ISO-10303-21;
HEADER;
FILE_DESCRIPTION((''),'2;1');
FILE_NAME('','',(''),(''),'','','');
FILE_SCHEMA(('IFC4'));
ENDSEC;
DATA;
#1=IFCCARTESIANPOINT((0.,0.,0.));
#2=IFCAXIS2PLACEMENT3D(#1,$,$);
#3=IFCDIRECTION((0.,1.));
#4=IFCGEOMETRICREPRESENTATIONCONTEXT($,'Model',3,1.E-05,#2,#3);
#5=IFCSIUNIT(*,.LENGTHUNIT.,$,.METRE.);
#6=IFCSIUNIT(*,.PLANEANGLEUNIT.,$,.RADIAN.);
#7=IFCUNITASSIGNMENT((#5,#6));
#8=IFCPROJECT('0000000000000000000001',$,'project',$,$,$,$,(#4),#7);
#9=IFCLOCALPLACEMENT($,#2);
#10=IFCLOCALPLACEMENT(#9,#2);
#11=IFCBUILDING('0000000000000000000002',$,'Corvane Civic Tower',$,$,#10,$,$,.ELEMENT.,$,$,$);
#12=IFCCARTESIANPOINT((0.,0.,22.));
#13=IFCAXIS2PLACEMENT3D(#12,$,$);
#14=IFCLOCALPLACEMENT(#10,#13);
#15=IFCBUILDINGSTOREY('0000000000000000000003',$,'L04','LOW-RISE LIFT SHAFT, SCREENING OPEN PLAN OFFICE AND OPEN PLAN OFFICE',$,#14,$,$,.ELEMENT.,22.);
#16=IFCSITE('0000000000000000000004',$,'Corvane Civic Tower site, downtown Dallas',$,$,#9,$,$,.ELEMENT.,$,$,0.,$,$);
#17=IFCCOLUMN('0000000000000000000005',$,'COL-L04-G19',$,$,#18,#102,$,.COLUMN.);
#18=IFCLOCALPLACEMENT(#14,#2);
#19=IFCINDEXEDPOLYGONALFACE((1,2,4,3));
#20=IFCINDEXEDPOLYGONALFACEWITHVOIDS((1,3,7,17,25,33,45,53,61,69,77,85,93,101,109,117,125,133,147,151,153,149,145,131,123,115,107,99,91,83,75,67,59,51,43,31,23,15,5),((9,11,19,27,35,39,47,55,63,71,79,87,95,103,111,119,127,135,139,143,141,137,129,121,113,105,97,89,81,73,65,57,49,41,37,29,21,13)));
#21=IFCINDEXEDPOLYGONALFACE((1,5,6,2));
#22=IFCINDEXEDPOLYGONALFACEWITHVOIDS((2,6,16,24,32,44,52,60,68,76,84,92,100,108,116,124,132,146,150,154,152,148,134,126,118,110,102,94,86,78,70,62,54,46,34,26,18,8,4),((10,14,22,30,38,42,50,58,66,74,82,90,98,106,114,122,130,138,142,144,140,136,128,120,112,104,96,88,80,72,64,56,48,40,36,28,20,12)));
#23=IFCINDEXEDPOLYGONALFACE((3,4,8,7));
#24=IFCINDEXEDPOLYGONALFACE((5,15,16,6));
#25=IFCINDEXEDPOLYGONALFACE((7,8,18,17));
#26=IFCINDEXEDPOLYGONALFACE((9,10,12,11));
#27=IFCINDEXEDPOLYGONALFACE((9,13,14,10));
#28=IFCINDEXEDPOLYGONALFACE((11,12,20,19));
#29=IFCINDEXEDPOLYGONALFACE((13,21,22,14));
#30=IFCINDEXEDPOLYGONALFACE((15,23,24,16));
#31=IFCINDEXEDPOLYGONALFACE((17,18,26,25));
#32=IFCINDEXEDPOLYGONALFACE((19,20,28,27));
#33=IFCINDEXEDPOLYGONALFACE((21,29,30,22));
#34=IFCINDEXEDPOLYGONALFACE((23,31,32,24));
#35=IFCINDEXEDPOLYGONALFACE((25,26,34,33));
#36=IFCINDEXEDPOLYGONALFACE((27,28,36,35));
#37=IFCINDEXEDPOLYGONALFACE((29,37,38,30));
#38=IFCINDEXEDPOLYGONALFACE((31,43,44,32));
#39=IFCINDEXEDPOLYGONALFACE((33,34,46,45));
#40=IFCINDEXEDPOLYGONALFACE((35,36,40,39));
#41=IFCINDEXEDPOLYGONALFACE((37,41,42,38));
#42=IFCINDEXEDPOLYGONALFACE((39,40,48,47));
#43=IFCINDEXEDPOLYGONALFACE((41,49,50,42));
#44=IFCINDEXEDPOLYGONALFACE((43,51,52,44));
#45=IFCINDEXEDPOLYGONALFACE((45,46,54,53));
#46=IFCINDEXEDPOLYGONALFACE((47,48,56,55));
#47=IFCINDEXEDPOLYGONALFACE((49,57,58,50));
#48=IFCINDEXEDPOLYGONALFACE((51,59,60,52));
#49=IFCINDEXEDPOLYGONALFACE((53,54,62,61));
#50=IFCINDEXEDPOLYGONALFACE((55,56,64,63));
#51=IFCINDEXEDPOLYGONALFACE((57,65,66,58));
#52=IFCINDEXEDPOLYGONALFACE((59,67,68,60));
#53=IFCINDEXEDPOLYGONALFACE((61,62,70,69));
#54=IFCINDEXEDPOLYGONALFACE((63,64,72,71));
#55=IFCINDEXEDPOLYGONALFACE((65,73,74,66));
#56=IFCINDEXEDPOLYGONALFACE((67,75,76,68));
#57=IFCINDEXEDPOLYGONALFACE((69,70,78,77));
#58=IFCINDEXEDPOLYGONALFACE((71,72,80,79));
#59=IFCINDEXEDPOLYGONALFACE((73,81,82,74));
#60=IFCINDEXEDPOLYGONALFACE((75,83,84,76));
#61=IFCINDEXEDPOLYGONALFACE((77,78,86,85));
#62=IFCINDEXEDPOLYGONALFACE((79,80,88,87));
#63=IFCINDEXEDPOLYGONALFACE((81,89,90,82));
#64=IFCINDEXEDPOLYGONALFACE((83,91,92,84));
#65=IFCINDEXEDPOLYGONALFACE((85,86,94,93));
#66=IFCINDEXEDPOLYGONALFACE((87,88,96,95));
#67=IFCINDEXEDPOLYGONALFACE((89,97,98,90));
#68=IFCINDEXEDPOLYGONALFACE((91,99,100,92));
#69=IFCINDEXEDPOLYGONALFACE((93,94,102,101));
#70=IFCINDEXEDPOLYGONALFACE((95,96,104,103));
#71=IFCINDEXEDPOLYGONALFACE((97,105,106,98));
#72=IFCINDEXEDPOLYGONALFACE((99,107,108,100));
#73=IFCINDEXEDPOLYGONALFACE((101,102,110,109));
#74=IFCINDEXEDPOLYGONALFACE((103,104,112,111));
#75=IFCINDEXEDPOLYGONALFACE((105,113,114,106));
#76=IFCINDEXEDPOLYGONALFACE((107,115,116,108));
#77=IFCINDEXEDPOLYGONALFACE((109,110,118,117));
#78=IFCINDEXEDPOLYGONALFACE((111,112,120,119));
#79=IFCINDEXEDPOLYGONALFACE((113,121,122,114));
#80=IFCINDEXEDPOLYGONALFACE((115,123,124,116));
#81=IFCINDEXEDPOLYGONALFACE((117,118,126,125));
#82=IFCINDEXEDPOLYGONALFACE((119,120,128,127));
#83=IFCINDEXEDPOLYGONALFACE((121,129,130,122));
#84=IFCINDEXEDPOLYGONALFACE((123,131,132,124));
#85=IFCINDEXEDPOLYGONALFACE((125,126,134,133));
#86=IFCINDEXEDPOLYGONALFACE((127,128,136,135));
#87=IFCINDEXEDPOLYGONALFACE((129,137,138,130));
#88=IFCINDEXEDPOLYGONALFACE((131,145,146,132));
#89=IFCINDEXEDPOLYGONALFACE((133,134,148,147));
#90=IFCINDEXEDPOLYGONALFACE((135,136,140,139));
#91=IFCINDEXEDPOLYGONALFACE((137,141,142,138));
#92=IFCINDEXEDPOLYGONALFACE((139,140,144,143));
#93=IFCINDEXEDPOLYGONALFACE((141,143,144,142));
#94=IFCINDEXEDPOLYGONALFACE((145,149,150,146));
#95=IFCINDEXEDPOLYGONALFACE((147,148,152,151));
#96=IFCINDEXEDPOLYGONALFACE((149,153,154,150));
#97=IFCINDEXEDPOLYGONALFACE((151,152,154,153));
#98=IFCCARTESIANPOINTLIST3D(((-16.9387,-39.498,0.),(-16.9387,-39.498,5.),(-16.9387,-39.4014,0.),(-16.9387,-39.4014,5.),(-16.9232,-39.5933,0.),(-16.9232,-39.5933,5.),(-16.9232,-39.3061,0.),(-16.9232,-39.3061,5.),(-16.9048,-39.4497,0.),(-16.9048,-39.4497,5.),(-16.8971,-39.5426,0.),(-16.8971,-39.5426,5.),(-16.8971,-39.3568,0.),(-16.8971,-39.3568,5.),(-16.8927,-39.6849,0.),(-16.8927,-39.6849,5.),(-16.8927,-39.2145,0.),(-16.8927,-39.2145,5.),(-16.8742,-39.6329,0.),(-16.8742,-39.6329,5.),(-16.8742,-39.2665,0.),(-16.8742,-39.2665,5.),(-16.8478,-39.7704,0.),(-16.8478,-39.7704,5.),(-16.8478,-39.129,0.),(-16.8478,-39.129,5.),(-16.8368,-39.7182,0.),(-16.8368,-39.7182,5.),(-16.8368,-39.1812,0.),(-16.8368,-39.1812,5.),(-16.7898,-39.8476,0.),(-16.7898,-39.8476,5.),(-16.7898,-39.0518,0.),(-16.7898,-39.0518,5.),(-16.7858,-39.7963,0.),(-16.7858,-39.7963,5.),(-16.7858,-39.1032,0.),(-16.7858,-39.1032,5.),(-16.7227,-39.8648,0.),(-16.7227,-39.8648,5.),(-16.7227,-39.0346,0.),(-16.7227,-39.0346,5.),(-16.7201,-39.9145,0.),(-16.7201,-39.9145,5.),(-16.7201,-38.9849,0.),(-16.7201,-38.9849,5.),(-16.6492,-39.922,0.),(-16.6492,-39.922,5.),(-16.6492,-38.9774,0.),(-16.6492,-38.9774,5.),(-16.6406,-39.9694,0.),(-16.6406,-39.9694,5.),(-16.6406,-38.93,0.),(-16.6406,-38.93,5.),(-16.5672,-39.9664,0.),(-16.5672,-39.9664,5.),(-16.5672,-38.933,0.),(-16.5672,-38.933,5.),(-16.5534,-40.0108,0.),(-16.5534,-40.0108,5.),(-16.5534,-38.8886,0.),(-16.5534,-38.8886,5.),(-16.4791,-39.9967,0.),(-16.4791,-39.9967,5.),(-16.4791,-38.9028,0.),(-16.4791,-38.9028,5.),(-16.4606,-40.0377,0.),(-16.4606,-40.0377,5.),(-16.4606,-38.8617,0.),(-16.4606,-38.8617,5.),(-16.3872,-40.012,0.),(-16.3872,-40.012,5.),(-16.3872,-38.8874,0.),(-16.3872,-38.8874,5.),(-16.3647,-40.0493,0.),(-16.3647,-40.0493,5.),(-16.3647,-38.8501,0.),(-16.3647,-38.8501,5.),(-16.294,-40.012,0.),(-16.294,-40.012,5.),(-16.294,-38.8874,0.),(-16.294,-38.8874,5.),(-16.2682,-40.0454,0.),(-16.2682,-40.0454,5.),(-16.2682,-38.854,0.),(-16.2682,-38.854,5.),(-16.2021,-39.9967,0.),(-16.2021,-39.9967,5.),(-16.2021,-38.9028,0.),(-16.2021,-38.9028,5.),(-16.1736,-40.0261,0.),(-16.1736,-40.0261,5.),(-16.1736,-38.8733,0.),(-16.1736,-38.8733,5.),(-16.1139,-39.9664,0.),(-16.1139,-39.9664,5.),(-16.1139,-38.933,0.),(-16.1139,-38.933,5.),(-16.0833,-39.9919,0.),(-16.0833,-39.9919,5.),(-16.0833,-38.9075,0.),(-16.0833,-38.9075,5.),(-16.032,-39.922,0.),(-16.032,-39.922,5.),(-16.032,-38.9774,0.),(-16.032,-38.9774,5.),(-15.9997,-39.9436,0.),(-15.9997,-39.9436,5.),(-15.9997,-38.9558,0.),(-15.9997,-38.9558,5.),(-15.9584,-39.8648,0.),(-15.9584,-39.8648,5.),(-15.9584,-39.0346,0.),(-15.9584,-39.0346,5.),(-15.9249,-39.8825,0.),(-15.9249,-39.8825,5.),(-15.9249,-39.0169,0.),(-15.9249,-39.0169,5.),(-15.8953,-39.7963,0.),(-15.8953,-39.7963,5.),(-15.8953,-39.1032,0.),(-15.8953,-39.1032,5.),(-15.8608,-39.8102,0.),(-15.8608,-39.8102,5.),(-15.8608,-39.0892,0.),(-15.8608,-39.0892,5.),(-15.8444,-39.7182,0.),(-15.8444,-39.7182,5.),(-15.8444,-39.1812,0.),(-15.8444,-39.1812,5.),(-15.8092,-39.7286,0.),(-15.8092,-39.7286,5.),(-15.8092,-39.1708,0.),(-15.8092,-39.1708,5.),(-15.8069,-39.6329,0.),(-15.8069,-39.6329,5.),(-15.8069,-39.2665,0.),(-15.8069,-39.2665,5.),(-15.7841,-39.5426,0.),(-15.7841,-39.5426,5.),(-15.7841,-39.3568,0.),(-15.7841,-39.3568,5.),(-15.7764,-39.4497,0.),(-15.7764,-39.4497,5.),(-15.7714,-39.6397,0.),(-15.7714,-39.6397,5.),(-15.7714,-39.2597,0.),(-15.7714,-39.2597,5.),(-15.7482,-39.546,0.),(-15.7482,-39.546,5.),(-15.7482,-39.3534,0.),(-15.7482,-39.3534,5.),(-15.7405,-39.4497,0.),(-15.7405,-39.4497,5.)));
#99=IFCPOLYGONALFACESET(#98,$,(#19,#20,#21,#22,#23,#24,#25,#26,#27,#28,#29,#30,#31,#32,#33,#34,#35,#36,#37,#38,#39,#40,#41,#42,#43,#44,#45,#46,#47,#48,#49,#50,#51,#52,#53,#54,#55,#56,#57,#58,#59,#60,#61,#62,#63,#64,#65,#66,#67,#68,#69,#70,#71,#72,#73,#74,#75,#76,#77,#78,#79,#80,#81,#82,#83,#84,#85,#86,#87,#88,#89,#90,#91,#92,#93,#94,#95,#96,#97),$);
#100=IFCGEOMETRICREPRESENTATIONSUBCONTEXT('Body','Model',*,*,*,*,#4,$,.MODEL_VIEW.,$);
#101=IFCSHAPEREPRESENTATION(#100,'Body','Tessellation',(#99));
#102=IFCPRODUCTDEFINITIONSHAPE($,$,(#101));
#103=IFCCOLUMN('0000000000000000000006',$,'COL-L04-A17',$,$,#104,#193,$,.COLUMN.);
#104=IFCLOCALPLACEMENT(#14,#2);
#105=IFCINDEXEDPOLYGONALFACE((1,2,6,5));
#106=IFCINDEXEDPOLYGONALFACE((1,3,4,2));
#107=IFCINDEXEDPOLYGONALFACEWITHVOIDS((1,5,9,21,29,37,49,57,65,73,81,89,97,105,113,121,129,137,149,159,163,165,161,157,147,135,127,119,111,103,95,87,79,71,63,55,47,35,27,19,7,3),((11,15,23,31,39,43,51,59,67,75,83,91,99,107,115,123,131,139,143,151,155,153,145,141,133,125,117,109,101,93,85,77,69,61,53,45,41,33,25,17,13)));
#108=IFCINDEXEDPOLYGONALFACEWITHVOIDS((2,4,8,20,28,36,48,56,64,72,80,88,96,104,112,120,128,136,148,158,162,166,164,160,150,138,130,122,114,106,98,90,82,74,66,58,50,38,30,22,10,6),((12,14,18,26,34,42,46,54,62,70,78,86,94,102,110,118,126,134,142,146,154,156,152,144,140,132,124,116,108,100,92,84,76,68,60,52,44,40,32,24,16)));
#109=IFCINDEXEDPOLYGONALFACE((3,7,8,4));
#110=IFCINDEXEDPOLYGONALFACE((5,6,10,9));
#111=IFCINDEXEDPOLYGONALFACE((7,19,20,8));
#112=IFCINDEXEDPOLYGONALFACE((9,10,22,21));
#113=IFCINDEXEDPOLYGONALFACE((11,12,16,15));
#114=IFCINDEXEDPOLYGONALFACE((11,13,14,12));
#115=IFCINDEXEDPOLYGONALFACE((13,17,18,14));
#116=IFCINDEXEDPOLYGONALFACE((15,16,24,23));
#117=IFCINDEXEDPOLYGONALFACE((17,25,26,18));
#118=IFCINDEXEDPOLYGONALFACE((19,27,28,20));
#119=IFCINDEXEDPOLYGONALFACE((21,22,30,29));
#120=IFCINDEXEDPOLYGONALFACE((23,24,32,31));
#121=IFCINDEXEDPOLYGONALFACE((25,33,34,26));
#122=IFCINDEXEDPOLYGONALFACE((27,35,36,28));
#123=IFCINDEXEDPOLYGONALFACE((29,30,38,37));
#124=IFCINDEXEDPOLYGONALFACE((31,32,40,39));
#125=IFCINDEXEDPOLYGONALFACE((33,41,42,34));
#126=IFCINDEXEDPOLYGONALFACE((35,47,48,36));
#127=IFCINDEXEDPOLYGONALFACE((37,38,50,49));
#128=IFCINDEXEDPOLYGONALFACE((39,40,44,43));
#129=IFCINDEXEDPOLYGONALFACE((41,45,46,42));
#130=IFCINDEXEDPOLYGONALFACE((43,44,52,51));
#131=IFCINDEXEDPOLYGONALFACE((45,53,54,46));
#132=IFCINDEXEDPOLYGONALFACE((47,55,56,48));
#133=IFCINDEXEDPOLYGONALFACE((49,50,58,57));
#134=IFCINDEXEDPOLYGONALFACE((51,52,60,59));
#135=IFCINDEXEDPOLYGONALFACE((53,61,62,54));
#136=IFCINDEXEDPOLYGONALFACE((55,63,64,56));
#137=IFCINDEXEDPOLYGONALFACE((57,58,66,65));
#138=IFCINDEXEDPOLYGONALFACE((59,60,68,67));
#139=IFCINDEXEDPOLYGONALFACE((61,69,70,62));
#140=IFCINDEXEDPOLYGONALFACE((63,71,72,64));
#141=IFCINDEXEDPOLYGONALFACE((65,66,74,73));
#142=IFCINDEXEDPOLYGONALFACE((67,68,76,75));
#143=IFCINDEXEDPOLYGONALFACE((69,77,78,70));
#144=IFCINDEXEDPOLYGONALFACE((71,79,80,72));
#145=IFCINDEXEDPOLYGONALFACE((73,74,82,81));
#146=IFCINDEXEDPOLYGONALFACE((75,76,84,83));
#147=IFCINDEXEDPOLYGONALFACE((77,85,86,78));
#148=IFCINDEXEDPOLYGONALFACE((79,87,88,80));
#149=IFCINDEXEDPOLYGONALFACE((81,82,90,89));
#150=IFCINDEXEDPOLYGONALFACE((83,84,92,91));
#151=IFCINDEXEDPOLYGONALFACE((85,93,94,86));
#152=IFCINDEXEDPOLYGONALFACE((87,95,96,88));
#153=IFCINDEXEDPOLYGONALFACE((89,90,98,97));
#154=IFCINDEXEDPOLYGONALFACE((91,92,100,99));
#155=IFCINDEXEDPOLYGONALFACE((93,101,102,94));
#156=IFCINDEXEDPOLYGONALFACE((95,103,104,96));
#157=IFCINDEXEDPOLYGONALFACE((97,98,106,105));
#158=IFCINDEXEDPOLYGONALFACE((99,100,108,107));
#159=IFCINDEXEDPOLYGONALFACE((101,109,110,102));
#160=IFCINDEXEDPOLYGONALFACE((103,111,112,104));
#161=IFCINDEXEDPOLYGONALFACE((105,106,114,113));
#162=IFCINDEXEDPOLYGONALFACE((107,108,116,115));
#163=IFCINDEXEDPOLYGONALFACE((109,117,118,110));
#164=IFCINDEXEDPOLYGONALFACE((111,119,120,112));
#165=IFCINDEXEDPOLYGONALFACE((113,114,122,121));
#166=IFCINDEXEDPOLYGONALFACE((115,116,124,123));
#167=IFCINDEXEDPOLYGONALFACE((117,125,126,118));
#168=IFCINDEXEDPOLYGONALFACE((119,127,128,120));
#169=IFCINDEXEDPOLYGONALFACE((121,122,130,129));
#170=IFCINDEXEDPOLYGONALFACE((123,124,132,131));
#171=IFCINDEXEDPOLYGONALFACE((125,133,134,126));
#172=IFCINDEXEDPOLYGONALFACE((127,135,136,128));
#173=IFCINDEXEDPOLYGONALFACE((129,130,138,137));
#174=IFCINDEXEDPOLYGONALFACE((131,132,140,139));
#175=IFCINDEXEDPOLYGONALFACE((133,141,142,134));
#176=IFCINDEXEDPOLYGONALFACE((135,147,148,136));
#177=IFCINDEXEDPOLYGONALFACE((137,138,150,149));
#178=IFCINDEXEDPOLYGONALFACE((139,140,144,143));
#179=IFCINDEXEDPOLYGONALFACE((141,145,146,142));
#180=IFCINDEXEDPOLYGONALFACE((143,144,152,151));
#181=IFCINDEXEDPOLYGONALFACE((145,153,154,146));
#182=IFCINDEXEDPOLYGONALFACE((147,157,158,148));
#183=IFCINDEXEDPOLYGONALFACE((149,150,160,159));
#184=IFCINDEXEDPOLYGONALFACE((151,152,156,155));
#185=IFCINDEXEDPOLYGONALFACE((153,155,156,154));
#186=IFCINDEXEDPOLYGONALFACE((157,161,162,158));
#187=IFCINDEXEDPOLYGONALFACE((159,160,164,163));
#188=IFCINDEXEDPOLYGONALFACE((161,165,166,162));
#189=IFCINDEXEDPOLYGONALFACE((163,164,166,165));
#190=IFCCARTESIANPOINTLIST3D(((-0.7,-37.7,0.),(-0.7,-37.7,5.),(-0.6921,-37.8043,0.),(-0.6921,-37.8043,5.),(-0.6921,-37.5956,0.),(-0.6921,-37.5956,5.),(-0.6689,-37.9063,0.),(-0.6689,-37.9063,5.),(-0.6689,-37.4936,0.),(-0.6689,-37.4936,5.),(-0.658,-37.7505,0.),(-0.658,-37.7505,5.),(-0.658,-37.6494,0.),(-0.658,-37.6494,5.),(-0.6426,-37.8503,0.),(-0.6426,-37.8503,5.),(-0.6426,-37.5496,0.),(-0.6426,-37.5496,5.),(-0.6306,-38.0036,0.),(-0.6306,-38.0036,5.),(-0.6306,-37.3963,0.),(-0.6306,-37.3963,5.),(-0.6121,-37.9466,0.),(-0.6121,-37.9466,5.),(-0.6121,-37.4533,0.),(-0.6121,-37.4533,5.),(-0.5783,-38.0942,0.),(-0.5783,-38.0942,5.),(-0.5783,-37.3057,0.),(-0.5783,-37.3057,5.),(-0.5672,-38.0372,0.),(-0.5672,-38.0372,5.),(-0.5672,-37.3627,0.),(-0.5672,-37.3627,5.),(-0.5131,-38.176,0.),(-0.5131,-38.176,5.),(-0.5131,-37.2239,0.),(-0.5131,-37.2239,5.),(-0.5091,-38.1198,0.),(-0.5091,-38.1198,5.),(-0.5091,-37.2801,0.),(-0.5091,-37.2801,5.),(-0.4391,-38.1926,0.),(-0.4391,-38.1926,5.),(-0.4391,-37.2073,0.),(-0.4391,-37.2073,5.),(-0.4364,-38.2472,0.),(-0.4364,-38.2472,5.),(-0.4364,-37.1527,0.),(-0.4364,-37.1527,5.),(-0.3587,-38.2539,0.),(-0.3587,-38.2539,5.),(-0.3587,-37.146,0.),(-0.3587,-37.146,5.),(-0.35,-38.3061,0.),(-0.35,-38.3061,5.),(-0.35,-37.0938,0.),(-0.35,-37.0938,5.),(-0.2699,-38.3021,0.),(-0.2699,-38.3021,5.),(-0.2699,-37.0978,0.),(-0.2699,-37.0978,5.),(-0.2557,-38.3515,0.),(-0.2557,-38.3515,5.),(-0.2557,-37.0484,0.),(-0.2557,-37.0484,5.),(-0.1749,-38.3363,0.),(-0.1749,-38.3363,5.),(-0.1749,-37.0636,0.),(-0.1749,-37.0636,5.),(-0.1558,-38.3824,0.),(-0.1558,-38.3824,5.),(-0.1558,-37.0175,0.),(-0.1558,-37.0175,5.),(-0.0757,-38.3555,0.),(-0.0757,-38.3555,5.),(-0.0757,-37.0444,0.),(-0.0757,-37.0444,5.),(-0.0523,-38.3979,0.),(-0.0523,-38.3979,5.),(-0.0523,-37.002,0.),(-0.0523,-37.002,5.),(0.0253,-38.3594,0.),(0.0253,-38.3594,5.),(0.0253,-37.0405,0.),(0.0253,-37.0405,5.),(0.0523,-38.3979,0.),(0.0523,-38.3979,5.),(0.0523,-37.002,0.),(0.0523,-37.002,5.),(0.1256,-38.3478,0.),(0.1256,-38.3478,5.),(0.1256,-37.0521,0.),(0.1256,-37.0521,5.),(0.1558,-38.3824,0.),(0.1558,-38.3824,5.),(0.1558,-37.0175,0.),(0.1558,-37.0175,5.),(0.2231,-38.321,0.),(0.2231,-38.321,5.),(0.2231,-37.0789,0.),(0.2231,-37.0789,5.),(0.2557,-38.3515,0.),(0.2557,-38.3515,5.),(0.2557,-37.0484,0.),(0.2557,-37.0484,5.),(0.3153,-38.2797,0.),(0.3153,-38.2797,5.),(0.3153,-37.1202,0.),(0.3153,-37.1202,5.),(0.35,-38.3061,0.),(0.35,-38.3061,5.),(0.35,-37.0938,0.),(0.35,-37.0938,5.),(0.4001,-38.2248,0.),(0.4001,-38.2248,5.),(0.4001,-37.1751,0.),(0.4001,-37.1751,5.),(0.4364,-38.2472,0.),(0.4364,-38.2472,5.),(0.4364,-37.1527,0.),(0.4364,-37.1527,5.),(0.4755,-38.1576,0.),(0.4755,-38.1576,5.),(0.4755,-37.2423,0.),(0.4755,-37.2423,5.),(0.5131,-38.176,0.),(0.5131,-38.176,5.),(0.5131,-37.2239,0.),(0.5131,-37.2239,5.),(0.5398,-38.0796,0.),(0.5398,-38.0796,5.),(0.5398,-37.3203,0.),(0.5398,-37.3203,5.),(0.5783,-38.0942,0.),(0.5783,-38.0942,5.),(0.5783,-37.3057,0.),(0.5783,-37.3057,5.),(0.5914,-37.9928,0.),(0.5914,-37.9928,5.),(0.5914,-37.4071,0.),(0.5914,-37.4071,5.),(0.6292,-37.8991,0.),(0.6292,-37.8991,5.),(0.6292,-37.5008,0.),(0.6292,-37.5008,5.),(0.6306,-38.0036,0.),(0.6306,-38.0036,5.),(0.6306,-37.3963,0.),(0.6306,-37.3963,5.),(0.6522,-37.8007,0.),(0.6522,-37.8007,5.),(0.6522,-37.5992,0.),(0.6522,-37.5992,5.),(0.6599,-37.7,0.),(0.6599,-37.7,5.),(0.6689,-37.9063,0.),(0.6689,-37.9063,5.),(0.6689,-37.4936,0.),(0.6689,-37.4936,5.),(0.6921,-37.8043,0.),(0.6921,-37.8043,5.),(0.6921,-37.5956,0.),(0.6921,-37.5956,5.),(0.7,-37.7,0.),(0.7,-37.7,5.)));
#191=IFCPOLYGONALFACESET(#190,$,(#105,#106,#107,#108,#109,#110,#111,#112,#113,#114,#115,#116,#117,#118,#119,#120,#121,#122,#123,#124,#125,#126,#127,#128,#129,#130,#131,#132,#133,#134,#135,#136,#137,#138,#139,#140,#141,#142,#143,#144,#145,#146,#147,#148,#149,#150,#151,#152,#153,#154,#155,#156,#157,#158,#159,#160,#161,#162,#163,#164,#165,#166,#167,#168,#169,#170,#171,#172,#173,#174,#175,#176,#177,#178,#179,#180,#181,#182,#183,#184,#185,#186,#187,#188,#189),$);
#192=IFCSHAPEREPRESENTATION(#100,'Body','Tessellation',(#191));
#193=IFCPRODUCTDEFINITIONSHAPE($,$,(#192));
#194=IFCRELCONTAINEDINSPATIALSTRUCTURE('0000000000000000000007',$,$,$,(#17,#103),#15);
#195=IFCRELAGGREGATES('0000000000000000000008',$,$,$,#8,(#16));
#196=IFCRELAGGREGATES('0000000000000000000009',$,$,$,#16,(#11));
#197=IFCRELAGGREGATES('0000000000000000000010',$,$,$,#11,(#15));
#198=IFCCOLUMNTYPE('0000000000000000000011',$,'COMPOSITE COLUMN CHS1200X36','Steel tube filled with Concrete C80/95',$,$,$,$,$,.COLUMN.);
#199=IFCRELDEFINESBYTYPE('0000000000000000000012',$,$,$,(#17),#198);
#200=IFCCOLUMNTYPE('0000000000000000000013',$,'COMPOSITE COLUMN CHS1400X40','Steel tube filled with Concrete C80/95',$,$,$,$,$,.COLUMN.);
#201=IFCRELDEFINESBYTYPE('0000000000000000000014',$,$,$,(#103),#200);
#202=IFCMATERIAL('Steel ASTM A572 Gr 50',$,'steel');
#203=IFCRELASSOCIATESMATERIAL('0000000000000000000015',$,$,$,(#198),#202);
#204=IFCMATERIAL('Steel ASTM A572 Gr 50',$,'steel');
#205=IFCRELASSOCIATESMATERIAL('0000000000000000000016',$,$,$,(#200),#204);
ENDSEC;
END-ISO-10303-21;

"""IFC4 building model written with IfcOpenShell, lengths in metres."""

from ifc_helpers import new_model, si_unit, direction, frame, origin, origin_2d, place, context, subcontext, project, spatial, hollow_circle, extrude, material, material_profile, profile_set, type_object, element, save


model = new_model("IFC4")

# Units and contexts
model_context = context("Model", 3, precision=1e-05, world=origin(), true_north=direction((0.0, 1.0)))
body_context = subcontext(model_context, "Body", "Model", "MODEL_VIEW")
ifc_project = project(units=[si_unit("LENGTHUNIT", "METRE"), si_unit("PLANEANGLEUNIT", "RADIAN")], contexts=[model_context])

# Site, building, storey
site_placement = place(None, origin())
site = spatial("IfcSite", under=ifc_project, at=site_placement, Name="Corvane Civic Tower site, downtown Dallas", CompositionType="ELEMENT", RefElevation=0.0)
building_placement = place(site_placement, origin())
building = spatial("IfcBuilding", under=site, at=building_placement, Name="Corvane Civic Tower", CompositionType="ELEMENT")
storey_placement = place(building_placement, frame((0.0, 0.0, 22.0)))
storey = spatial("IfcBuildingStorey", under=building, at=storey_placement, Name="L04", Description="LOW-RISE LIFT SHAFT, SCREENING OPEN PLAN OFFICE AND OPEN PLAN OFFICE", CompositionType="ELEMENT", Elevation=22.0)

# Columns
ifc_material_1 = material(Name="Steel ASTM A572 Gr 50", Category="steel")
ifc_material_profile_1 = material_profile(ifc_material_1, hollow_circle(Radius=0.6001, WallThickness=0.0359, at=origin_2d()), Name="CHS1200X36")
ifc_profile_set_1 = profile_set([ifc_material_profile_1], Name="Steel ASTM A572 Gr 50")
column_type_1 = type_object("IfcColumnType", Name="COMPOSITE COLUMN CHS1200X36", Description="Steel tube filled with Concrete C80/95", PredefinedType="COLUMN", material=ifc_profile_set_1)
for number, where, z_axis, x_axis, name in (
    (1, (-16.3406, -39.4497, 0.0), (0.0, 0.0, 1.0), (1.0, 0.0, 0.0), "COL-L04-G19"),
):
    element("IfcColumn", number, at=place(storey_placement, frame(where, z_axis=z_axis, x_axis=x_axis)), inside=storey, type_object=column_type_1, Name=name, PredefinedType="COLUMN", context=body_context, shape_type="SweptSolid", body=[
        extrude(hollow_circle(Radius=0.6001, WallThickness=0.0359, at=origin_2d()), origin(), (0.0, 0.0, 1.0), 5.0),
    ])
ifc_material_2 = material(Name="Steel ASTM A572 Gr 50", Category="steel")
ifc_material_profile_2 = material_profile(ifc_material_2, hollow_circle(Radius=0.7, WallThickness=0.04, at=origin_2d()), Name="CHS1400X40")
ifc_profile_set_2 = profile_set([ifc_material_profile_2], Name="Steel ASTM A572 Gr 50")
column_type_2 = type_object("IfcColumnType", Name="COMPOSITE COLUMN CHS1400X40", Description="Steel tube filled with Concrete C80/95", PredefinedType="COLUMN", material=ifc_profile_set_2)
for number, where, z_axis, x_axis, name in (
    (2, (0.0, -37.7, 0.0), (0.0, 0.0, 1.0), (1.0, 0.0, 0.0), "COL-L04-A17"),
):
    element("IfcColumn", number, at=place(storey_placement, frame(where, z_axis=z_axis, x_axis=x_axis)), inside=storey, type_object=column_type_2, Name=name, PredefinedType="COLUMN", context=body_context, shape_type="SweptSolid", body=[
        extrude(hollow_circle(Radius=0.7, WallThickness=0.04, at=origin_2d()), origin(), (0.0, 0.0, 1.0), 5.0),
    ])

save(model, "model.ifc")
